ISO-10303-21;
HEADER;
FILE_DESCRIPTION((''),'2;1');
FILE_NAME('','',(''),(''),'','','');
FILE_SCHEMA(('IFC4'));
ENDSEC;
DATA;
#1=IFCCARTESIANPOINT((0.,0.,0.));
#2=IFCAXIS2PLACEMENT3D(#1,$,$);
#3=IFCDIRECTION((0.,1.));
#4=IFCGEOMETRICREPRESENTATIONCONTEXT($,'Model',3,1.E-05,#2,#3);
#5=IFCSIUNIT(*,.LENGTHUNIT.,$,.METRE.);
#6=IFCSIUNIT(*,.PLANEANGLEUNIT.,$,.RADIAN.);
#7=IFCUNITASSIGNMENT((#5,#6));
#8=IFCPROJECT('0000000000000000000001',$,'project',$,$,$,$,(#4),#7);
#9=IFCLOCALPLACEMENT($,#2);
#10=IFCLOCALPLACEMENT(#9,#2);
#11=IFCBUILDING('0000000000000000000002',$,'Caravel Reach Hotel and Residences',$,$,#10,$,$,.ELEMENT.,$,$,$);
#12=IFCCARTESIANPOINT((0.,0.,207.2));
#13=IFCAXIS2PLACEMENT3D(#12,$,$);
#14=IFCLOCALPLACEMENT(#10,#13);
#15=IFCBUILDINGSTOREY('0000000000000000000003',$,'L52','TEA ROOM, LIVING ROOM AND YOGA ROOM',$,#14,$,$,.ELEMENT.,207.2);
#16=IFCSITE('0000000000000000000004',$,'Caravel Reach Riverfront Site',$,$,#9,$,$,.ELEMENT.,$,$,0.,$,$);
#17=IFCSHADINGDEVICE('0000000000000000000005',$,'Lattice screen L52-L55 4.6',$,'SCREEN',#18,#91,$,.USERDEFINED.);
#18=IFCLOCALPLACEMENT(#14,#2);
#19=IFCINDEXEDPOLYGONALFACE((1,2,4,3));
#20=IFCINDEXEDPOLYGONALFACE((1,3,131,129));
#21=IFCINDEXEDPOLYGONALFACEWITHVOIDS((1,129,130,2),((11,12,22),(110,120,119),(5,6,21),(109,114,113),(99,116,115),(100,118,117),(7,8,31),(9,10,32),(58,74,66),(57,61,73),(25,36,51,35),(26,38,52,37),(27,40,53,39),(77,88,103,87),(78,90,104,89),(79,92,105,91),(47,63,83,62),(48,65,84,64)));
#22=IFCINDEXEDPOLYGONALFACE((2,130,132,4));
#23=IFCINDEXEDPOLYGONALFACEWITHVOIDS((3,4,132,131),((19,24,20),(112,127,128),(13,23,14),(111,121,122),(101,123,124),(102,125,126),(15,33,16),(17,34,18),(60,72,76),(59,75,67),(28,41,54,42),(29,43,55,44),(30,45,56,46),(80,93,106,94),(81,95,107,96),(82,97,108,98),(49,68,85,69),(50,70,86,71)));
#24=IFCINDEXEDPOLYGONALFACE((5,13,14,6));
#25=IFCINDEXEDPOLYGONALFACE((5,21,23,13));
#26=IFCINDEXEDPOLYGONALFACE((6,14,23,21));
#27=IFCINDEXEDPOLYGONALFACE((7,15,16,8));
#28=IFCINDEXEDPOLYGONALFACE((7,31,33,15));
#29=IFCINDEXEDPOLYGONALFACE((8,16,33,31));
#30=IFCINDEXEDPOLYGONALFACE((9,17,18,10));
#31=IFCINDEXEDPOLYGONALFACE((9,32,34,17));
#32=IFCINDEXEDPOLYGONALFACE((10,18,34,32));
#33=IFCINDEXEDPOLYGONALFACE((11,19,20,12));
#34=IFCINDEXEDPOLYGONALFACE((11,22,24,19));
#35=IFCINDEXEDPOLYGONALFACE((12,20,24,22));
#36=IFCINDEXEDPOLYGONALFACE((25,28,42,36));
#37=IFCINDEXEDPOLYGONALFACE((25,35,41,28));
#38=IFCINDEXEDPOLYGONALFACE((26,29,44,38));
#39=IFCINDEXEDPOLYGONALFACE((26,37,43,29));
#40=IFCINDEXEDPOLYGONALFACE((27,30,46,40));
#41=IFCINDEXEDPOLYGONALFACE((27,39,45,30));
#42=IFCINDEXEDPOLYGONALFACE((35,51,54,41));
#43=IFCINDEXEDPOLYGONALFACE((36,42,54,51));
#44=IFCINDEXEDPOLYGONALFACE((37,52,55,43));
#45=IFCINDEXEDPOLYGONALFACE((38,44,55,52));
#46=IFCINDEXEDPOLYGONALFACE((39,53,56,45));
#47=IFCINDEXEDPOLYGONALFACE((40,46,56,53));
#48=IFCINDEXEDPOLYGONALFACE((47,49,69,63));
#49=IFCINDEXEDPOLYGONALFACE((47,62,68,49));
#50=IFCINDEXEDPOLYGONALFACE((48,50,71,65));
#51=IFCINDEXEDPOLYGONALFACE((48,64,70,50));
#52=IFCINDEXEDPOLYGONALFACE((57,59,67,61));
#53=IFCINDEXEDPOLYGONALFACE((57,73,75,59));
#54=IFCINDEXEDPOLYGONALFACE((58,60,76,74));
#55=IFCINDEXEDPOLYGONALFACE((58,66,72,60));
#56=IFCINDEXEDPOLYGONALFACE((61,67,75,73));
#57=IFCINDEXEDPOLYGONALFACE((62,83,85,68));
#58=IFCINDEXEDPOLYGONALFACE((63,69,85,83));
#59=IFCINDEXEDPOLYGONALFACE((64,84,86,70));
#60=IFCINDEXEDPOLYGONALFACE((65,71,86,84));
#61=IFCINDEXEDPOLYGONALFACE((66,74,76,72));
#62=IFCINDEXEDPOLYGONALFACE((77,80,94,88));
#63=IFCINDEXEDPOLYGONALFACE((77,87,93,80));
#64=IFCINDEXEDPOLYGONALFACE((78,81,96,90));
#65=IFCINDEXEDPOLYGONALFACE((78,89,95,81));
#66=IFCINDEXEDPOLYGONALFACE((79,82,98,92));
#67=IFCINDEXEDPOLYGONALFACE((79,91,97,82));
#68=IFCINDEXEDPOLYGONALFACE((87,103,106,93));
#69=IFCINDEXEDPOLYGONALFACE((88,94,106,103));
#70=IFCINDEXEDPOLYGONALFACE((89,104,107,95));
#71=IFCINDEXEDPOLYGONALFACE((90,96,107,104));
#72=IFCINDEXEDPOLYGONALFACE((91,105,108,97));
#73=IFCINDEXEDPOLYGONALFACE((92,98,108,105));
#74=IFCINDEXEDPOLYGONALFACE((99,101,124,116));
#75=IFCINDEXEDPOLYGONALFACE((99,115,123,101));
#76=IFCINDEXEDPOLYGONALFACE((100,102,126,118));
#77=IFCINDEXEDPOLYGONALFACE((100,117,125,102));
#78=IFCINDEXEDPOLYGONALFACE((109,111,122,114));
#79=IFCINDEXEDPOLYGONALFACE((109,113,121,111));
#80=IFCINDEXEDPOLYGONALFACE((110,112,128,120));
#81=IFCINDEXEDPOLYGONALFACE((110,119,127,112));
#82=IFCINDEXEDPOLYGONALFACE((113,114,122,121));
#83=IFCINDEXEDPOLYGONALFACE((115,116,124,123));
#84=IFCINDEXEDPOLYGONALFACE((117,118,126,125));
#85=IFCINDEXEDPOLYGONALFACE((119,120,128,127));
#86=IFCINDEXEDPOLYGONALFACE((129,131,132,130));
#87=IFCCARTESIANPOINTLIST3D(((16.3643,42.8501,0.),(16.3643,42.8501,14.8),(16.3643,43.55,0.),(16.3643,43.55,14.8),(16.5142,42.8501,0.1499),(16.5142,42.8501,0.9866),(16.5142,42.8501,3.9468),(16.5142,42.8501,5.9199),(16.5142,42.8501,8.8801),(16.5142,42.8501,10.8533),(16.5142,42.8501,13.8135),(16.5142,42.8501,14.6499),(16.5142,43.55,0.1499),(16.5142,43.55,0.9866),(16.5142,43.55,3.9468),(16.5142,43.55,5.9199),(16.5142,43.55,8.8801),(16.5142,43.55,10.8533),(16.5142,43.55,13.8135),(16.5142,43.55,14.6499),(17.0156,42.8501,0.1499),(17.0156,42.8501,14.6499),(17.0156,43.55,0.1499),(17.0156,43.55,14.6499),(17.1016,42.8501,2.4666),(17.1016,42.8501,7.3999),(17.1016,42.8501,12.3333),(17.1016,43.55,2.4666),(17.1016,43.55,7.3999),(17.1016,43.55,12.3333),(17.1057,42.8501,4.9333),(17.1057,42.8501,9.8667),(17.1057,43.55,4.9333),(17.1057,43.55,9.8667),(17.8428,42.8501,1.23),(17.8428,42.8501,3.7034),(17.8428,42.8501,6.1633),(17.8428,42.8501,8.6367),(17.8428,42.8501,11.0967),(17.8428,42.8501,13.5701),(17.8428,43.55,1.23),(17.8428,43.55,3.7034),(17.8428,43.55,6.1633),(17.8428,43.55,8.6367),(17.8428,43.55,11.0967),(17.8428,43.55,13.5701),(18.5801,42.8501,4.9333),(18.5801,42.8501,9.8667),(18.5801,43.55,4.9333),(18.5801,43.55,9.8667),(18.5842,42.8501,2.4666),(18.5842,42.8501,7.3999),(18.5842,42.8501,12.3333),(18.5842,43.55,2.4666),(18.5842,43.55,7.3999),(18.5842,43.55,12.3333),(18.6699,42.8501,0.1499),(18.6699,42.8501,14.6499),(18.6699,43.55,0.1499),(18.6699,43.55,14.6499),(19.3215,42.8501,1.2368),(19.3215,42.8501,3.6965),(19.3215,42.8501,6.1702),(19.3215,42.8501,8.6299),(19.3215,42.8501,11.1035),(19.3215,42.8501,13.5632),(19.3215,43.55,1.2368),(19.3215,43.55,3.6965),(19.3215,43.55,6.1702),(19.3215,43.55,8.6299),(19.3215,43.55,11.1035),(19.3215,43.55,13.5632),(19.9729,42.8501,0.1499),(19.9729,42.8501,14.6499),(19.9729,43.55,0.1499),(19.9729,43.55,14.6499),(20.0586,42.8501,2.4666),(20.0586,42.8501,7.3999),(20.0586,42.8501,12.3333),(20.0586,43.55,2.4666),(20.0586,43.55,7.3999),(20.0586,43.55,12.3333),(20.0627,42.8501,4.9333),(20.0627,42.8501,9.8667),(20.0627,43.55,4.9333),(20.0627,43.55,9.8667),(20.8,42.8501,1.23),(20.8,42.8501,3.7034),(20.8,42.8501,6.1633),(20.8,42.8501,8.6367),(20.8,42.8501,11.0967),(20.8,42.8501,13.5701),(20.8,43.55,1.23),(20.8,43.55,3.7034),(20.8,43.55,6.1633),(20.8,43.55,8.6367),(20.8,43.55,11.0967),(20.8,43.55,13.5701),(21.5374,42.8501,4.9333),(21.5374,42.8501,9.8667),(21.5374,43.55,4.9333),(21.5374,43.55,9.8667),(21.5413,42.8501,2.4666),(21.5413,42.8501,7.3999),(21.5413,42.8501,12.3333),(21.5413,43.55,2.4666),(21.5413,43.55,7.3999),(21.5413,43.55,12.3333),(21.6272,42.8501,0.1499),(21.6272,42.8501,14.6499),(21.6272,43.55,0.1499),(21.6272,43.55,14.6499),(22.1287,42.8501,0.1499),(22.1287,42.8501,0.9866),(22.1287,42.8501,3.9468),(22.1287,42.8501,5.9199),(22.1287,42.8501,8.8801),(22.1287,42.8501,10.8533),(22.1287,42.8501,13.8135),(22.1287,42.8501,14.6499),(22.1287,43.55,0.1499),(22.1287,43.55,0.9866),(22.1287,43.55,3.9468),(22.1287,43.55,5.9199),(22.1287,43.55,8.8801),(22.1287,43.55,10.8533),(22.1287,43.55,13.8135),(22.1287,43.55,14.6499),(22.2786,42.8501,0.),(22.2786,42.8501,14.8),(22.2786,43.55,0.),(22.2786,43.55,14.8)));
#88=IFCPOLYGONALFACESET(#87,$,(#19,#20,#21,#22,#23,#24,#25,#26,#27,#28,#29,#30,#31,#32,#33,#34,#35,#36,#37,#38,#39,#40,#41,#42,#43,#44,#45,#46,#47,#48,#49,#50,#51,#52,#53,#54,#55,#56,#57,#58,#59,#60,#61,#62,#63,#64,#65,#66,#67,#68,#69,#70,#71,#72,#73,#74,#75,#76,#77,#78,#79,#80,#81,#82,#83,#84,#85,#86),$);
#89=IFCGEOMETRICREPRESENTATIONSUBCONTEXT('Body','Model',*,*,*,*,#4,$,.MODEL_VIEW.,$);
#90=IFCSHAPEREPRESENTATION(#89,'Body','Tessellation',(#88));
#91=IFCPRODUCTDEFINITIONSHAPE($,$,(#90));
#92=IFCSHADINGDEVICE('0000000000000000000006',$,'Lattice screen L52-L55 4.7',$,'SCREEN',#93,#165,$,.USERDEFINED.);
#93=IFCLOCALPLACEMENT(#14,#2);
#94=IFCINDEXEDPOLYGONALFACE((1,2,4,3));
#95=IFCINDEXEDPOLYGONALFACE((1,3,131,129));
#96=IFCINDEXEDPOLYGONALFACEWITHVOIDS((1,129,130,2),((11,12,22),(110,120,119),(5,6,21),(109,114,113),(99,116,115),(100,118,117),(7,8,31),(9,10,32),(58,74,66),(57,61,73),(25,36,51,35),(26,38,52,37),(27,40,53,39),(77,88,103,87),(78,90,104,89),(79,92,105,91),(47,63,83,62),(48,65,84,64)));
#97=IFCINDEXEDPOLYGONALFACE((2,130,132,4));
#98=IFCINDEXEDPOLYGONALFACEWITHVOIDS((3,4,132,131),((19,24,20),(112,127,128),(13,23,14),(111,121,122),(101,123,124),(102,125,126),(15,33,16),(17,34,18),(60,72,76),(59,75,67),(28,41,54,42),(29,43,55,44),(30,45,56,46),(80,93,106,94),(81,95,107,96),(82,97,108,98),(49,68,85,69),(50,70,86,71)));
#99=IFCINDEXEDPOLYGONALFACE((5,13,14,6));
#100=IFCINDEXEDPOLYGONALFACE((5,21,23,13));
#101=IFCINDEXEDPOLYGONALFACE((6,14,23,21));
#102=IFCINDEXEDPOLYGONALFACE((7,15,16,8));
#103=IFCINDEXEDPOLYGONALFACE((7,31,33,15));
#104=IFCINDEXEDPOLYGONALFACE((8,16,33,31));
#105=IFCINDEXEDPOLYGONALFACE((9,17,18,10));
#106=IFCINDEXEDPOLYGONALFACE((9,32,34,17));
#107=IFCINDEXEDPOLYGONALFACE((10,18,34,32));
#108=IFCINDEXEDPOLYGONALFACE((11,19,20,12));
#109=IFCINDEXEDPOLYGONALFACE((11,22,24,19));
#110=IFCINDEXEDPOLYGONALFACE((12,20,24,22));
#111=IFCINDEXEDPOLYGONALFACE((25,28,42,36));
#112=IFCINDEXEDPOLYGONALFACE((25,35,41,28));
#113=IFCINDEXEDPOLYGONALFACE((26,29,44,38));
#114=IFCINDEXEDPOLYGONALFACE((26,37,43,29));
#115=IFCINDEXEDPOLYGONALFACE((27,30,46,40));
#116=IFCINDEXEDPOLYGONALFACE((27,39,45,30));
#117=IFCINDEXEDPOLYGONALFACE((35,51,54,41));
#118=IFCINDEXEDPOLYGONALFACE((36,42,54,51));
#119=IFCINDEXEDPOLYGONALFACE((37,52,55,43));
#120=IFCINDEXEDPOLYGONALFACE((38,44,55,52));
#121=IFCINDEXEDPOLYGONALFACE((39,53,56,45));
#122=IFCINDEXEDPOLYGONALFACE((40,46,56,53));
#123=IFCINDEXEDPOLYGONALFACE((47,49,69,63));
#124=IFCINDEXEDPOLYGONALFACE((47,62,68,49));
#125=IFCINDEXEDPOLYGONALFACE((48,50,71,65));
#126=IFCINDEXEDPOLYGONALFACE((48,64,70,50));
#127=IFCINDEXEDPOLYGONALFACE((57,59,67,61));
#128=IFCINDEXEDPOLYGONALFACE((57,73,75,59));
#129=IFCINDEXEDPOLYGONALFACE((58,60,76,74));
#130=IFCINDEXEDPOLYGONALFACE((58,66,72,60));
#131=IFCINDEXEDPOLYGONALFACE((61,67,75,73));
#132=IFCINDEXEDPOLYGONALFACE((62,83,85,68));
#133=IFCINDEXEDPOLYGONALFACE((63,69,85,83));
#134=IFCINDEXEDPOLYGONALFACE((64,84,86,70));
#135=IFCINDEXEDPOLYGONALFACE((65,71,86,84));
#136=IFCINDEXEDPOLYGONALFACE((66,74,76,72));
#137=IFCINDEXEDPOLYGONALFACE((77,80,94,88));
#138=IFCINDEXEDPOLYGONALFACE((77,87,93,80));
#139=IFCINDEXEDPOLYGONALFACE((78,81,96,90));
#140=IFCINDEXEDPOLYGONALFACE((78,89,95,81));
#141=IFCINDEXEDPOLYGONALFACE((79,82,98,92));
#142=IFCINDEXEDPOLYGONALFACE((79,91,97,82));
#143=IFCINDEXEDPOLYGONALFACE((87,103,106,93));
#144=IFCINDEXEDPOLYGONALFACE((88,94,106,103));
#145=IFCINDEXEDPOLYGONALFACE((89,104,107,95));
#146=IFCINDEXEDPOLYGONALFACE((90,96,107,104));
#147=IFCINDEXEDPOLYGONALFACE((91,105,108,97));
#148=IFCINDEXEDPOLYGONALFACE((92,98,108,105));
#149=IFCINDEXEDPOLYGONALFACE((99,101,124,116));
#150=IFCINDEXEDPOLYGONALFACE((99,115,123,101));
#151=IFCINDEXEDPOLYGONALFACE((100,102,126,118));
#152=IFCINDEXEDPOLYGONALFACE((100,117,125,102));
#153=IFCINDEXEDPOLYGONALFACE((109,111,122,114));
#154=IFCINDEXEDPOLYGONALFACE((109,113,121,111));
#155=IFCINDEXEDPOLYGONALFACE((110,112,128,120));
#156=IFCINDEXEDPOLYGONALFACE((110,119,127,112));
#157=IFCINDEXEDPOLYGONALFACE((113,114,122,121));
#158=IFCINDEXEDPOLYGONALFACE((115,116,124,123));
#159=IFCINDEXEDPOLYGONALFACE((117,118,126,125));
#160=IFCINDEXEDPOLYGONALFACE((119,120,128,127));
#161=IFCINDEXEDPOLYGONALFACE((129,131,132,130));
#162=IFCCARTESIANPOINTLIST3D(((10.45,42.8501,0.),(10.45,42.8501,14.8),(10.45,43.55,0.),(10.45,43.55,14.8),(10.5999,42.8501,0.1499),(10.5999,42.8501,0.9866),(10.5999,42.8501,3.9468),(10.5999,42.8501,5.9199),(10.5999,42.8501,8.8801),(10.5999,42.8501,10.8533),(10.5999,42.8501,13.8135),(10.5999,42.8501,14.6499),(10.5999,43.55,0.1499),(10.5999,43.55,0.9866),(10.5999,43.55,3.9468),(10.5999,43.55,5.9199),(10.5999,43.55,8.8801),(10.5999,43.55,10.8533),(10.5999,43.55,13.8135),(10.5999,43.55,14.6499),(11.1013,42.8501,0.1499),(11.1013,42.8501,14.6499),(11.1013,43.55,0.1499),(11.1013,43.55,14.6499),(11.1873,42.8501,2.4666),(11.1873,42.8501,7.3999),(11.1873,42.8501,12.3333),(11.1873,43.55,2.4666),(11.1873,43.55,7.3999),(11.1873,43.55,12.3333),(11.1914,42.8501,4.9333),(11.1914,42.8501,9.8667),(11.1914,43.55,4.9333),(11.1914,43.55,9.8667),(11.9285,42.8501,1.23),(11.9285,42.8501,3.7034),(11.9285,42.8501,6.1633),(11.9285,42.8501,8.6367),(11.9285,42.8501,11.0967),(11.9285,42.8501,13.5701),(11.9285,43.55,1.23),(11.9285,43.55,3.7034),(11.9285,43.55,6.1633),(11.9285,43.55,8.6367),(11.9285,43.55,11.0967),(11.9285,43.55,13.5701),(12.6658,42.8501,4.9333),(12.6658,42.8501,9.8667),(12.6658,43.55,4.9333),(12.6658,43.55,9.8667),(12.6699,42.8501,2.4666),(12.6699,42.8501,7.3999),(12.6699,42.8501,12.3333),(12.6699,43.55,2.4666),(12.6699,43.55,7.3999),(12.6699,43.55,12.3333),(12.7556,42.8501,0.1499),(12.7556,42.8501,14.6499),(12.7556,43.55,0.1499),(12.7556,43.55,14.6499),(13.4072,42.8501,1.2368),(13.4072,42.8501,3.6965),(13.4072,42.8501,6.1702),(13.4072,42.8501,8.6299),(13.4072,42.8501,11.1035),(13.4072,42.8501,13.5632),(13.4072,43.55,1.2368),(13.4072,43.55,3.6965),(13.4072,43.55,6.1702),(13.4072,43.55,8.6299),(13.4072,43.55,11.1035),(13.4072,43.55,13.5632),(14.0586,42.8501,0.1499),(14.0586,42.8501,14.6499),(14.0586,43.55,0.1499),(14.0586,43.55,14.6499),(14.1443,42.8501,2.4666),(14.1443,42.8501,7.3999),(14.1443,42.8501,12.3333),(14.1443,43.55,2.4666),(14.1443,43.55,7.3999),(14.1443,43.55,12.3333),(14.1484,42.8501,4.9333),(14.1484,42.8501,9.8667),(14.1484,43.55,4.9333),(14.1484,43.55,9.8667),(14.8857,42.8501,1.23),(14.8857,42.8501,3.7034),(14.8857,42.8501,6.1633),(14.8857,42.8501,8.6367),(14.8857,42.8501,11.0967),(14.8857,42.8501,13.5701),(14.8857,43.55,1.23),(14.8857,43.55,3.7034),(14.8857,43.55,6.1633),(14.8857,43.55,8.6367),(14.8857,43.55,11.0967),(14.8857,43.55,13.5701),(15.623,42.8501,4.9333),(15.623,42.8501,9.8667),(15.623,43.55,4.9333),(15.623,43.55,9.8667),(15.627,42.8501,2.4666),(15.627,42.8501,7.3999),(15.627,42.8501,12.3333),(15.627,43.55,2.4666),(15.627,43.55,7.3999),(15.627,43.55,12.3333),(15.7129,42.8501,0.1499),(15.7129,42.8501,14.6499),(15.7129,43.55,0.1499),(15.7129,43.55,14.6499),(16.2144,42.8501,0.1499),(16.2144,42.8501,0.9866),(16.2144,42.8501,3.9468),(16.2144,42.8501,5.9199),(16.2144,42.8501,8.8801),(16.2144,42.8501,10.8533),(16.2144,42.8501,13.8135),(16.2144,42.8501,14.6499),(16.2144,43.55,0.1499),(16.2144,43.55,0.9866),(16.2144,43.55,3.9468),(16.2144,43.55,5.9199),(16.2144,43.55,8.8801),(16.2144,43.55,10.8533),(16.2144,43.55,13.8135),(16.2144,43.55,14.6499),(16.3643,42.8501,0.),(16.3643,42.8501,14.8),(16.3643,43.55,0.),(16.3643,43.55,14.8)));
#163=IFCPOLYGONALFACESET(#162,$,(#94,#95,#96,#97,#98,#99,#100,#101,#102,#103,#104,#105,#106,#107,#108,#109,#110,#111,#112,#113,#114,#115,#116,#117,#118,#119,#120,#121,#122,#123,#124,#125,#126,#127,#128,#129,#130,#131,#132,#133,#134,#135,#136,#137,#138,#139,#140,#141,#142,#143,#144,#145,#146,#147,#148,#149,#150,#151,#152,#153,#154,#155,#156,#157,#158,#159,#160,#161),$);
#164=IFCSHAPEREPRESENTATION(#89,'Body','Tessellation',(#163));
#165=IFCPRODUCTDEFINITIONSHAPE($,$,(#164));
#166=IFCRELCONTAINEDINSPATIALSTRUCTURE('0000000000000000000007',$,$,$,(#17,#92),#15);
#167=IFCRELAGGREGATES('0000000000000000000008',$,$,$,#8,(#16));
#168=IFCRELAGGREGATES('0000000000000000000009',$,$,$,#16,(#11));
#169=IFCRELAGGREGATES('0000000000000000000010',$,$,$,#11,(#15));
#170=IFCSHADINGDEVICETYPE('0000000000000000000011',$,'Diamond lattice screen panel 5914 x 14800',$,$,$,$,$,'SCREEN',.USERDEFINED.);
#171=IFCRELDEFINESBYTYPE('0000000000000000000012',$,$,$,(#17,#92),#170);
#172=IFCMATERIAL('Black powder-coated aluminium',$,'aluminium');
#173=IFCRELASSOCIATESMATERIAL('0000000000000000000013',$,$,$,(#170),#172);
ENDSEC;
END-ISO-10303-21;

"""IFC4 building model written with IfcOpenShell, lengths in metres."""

from ifc_helpers import new_model, si_unit, direction, frame, origin, place, context, subcontext, project, spatial, polyline, outline, extrude, material, type_object, element, save


model = new_model("IFC4")

# Units and contexts
model_context = context("Model", 3, precision=1e-05, world=origin(), true_north=direction((0.0, 1.0)))
body_context = subcontext(model_context, "Body", "Model", "MODEL_VIEW")
ifc_project = project(units=[si_unit("LENGTHUNIT", "METRE"), si_unit("PLANEANGLEUNIT", "RADIAN")], contexts=[model_context])

# Site, building, storey
site_placement = place(None, origin())
site = spatial("IfcSite", under=ifc_project, at=site_placement, Name="Caravel Reach Riverfront Site", CompositionType="ELEMENT", RefElevation=0.0)
building_placement = place(site_placement, origin())
building = spatial("IfcBuilding", under=site, at=building_placement, Name="Caravel Reach Hotel and Residences", CompositionType="ELEMENT")
storey_placement = place(building_placement, frame((0.0, 0.0, 207.2)))
storey = spatial("IfcBuildingStorey", under=building, at=storey_placement, Name="L52", Description="TEA ROOM, LIVING ROOM AND YOGA ROOM", CompositionType="ELEMENT", Elevation=207.2)

# Shading devices
ifc_material_1 = material(Name="Black powder-coated aluminium", Category="aluminium")
shading_device_type = type_object("IfcShadingDeviceType", Name="Diamond lattice screen panel 5914 x 14800", ElementType="SCREEN", PredefinedType="USERDEFINED", material=ifc_material_1)
shading_device_1_placement = place(storey_placement, frame((22.2786, 42.8501, 0.0), z_axis=(0.0, 1.0, 0.0), x_axis=(-1.0, 0.0, 0.0)))
element("IfcShadingDevice", 1, at=shading_device_1_placement, inside=storey, type_object=shading_device_type, Name="Lattice screen L52-L55 4.6", ObjectType="SCREEN", PredefinedType="USERDEFINED", context=body_context, shape_type="SweptSolid", body=[
    extrude(outline(polyline([(0.0, 0.0), (5.9143, 0.0), (5.9143, 14.8), (0.0, 14.8), (0.0, 0.0)]), holes=[polyline([(0.6514, 0.1499), (0.1499, 0.9866), (0.1499, 0.1499), (0.6514, 0.1499)]), polyline([(0.7412, 4.9333), (0.1499, 5.9199), (0.1499, 3.9468), (0.7412, 4.9333)]), polyline([(0.7412, 9.8667), (0.1499, 10.8533), (0.1499, 8.8801), (0.7412, 9.8667)]), polyline([(0.1499, 13.8135), (0.6514, 14.6499), (0.1499, 14.6499), (0.1499, 13.8135)]), polyline([(1.4785, 3.7034), (0.7373, 2.4666), (1.4785, 1.23), (2.22, 2.4666), (1.4785, 3.7034)]), polyline([(1.4785, 8.6367), (0.7373, 7.3999), (1.4785, 6.1633), (2.22, 7.3999), (1.4785, 8.6367)]), polyline([(1.4785, 13.5701), (0.7373, 12.3333), (1.4785, 11.0967), (2.22, 12.3333), (1.4785, 13.5701)]), polyline([(2.957, 1.2368), (2.3057, 0.1499), (3.6086, 0.1499), (2.957, 1.2368)]), polyline([(2.957, 6.1702), (2.2158, 4.9333), (2.957, 3.6965), (3.6985, 4.9333), (2.957, 6.1702)]), polyline([(2.957, 11.1035), (2.2158, 9.8667), (2.957, 8.6299), (3.6985, 9.8667), (2.957, 11.1035)]), polyline([(2.957, 13.5632), (3.6086, 14.6499), (2.3057, 14.6499), (2.957, 13.5632)]), polyline([(4.4358, 3.7034), (3.6943, 2.4666), (4.4358, 1.23), (5.177, 2.4666), (4.4358, 3.7034)]), polyline([(4.4358, 8.6367), (3.6943, 7.3999), (4.4358, 6.1633), (5.177, 7.3999), (4.4358, 8.6367)]), polyline([(4.4358, 13.5701), (3.6943, 12.3333), (4.4358, 11.0967), (5.177, 12.3333), (4.4358, 13.5701)]), polyline([(5.7644, 0.9866), (5.2629, 0.1499), (5.7644, 0.1499), (5.7644, 0.9866)]), polyline([(5.1729, 4.9333), (5.7644, 3.9468), (5.7644, 5.9199), (5.1729, 4.9333)]), polyline([(5.1729, 9.8667), (5.7644, 8.8801), (5.7644, 10.8533), (5.1729, 9.8667)]), polyline([(5.2629, 14.6499), (5.7644, 13.8135), (5.7644, 14.6499), (5.2629, 14.6499)])]), origin(), (0.0, 0.0, 1.0), 0.7),
])
shading_device_2_placement = place(storey_placement, frame((16.3643, 42.8501, 0.0), z_axis=(0.0, 1.0, 0.0), x_axis=(-1.0, 0.0, 0.0)))
element("IfcShadingDevice", 2, at=shading_device_2_placement, inside=storey, type_object=shading_device_type, Name="Lattice screen L52-L55 4.7", ObjectType="SCREEN", PredefinedType="USERDEFINED", context=body_context, shape_type="SweptSolid", body=[
    extrude(outline(polyline([(0.0, 0.0), (5.9143, 0.0), (5.9143, 14.8), (0.0, 14.8), (0.0, 0.0)]), holes=[polyline([(0.6514, 0.1499), (0.1499, 0.9866), (0.1499, 0.1499), (0.6514, 0.1499)]), polyline([(0.7412, 4.9333), (0.1499, 5.9199), (0.1499, 3.9468), (0.7412, 4.9333)]), polyline([(0.7412, 9.8667), (0.1499, 10.8533), (0.1499, 8.8801), (0.7412, 9.8667)]), polyline([(0.1499, 13.8135), (0.6514, 14.6499), (0.1499, 14.6499), (0.1499, 13.8135)]), polyline([(1.4785, 3.7034), (0.7373, 2.4666), (1.4785, 1.23), (2.22, 2.4666), (1.4785, 3.7034)]), polyline([(1.4785, 8.6367), (0.7373, 7.3999), (1.4785, 6.1633), (2.22, 7.3999), (1.4785, 8.6367)]), polyline([(1.4785, 13.5701), (0.7373, 12.3333), (1.4785, 11.0967), (2.22, 12.3333), (1.4785, 13.5701)]), polyline([(2.957, 1.2368), (2.3057, 0.1499), (3.6086, 0.1499), (2.957, 1.2368)]), polyline([(2.957, 6.1702), (2.2158, 4.9333), (2.957, 3.6965), (3.6985, 4.9333), (2.957, 6.1702)]), polyline([(2.957, 11.1035), (2.2158, 9.8667), (2.957, 8.6299), (3.6985, 9.8667), (2.957, 11.1035)]), polyline([(2.957, 13.5632), (3.6086, 14.6499), (2.3057, 14.6499), (2.957, 13.5632)]), polyline([(4.4358, 3.7034), (3.6943, 2.4666), (4.4358, 1.23), (5.177, 2.4666), (4.4358, 3.7034)]), polyline([(4.4358, 8.6367), (3.6943, 7.3999), (4.4358, 6.1633), (5.177, 7.3999), (4.4358, 8.6367)]), polyline([(4.4358, 13.5701), (3.6943, 12.3333), (4.4358, 11.0967), (5.177, 12.3333), (4.4358, 13.5701)]), polyline([(5.7644, 0.9866), (5.2629, 0.1499), (5.7644, 0.1499), (5.7644, 0.9866)]), polyline([(5.1729, 4.9333), (5.7644, 3.9468), (5.7644, 5.9199), (5.1729, 4.9333)]), polyline([(5.1729, 9.8667), (5.7644, 8.8801), (5.7644, 10.8533), (5.1729, 9.8667)]), polyline([(5.2629, 14.6499), (5.7644, 13.8135), (5.7644, 14.6499), (5.2629, 14.6499)])]), origin(), (0.0, 0.0, 1.0), 0.7),
])

save(model, "model.ifc")
